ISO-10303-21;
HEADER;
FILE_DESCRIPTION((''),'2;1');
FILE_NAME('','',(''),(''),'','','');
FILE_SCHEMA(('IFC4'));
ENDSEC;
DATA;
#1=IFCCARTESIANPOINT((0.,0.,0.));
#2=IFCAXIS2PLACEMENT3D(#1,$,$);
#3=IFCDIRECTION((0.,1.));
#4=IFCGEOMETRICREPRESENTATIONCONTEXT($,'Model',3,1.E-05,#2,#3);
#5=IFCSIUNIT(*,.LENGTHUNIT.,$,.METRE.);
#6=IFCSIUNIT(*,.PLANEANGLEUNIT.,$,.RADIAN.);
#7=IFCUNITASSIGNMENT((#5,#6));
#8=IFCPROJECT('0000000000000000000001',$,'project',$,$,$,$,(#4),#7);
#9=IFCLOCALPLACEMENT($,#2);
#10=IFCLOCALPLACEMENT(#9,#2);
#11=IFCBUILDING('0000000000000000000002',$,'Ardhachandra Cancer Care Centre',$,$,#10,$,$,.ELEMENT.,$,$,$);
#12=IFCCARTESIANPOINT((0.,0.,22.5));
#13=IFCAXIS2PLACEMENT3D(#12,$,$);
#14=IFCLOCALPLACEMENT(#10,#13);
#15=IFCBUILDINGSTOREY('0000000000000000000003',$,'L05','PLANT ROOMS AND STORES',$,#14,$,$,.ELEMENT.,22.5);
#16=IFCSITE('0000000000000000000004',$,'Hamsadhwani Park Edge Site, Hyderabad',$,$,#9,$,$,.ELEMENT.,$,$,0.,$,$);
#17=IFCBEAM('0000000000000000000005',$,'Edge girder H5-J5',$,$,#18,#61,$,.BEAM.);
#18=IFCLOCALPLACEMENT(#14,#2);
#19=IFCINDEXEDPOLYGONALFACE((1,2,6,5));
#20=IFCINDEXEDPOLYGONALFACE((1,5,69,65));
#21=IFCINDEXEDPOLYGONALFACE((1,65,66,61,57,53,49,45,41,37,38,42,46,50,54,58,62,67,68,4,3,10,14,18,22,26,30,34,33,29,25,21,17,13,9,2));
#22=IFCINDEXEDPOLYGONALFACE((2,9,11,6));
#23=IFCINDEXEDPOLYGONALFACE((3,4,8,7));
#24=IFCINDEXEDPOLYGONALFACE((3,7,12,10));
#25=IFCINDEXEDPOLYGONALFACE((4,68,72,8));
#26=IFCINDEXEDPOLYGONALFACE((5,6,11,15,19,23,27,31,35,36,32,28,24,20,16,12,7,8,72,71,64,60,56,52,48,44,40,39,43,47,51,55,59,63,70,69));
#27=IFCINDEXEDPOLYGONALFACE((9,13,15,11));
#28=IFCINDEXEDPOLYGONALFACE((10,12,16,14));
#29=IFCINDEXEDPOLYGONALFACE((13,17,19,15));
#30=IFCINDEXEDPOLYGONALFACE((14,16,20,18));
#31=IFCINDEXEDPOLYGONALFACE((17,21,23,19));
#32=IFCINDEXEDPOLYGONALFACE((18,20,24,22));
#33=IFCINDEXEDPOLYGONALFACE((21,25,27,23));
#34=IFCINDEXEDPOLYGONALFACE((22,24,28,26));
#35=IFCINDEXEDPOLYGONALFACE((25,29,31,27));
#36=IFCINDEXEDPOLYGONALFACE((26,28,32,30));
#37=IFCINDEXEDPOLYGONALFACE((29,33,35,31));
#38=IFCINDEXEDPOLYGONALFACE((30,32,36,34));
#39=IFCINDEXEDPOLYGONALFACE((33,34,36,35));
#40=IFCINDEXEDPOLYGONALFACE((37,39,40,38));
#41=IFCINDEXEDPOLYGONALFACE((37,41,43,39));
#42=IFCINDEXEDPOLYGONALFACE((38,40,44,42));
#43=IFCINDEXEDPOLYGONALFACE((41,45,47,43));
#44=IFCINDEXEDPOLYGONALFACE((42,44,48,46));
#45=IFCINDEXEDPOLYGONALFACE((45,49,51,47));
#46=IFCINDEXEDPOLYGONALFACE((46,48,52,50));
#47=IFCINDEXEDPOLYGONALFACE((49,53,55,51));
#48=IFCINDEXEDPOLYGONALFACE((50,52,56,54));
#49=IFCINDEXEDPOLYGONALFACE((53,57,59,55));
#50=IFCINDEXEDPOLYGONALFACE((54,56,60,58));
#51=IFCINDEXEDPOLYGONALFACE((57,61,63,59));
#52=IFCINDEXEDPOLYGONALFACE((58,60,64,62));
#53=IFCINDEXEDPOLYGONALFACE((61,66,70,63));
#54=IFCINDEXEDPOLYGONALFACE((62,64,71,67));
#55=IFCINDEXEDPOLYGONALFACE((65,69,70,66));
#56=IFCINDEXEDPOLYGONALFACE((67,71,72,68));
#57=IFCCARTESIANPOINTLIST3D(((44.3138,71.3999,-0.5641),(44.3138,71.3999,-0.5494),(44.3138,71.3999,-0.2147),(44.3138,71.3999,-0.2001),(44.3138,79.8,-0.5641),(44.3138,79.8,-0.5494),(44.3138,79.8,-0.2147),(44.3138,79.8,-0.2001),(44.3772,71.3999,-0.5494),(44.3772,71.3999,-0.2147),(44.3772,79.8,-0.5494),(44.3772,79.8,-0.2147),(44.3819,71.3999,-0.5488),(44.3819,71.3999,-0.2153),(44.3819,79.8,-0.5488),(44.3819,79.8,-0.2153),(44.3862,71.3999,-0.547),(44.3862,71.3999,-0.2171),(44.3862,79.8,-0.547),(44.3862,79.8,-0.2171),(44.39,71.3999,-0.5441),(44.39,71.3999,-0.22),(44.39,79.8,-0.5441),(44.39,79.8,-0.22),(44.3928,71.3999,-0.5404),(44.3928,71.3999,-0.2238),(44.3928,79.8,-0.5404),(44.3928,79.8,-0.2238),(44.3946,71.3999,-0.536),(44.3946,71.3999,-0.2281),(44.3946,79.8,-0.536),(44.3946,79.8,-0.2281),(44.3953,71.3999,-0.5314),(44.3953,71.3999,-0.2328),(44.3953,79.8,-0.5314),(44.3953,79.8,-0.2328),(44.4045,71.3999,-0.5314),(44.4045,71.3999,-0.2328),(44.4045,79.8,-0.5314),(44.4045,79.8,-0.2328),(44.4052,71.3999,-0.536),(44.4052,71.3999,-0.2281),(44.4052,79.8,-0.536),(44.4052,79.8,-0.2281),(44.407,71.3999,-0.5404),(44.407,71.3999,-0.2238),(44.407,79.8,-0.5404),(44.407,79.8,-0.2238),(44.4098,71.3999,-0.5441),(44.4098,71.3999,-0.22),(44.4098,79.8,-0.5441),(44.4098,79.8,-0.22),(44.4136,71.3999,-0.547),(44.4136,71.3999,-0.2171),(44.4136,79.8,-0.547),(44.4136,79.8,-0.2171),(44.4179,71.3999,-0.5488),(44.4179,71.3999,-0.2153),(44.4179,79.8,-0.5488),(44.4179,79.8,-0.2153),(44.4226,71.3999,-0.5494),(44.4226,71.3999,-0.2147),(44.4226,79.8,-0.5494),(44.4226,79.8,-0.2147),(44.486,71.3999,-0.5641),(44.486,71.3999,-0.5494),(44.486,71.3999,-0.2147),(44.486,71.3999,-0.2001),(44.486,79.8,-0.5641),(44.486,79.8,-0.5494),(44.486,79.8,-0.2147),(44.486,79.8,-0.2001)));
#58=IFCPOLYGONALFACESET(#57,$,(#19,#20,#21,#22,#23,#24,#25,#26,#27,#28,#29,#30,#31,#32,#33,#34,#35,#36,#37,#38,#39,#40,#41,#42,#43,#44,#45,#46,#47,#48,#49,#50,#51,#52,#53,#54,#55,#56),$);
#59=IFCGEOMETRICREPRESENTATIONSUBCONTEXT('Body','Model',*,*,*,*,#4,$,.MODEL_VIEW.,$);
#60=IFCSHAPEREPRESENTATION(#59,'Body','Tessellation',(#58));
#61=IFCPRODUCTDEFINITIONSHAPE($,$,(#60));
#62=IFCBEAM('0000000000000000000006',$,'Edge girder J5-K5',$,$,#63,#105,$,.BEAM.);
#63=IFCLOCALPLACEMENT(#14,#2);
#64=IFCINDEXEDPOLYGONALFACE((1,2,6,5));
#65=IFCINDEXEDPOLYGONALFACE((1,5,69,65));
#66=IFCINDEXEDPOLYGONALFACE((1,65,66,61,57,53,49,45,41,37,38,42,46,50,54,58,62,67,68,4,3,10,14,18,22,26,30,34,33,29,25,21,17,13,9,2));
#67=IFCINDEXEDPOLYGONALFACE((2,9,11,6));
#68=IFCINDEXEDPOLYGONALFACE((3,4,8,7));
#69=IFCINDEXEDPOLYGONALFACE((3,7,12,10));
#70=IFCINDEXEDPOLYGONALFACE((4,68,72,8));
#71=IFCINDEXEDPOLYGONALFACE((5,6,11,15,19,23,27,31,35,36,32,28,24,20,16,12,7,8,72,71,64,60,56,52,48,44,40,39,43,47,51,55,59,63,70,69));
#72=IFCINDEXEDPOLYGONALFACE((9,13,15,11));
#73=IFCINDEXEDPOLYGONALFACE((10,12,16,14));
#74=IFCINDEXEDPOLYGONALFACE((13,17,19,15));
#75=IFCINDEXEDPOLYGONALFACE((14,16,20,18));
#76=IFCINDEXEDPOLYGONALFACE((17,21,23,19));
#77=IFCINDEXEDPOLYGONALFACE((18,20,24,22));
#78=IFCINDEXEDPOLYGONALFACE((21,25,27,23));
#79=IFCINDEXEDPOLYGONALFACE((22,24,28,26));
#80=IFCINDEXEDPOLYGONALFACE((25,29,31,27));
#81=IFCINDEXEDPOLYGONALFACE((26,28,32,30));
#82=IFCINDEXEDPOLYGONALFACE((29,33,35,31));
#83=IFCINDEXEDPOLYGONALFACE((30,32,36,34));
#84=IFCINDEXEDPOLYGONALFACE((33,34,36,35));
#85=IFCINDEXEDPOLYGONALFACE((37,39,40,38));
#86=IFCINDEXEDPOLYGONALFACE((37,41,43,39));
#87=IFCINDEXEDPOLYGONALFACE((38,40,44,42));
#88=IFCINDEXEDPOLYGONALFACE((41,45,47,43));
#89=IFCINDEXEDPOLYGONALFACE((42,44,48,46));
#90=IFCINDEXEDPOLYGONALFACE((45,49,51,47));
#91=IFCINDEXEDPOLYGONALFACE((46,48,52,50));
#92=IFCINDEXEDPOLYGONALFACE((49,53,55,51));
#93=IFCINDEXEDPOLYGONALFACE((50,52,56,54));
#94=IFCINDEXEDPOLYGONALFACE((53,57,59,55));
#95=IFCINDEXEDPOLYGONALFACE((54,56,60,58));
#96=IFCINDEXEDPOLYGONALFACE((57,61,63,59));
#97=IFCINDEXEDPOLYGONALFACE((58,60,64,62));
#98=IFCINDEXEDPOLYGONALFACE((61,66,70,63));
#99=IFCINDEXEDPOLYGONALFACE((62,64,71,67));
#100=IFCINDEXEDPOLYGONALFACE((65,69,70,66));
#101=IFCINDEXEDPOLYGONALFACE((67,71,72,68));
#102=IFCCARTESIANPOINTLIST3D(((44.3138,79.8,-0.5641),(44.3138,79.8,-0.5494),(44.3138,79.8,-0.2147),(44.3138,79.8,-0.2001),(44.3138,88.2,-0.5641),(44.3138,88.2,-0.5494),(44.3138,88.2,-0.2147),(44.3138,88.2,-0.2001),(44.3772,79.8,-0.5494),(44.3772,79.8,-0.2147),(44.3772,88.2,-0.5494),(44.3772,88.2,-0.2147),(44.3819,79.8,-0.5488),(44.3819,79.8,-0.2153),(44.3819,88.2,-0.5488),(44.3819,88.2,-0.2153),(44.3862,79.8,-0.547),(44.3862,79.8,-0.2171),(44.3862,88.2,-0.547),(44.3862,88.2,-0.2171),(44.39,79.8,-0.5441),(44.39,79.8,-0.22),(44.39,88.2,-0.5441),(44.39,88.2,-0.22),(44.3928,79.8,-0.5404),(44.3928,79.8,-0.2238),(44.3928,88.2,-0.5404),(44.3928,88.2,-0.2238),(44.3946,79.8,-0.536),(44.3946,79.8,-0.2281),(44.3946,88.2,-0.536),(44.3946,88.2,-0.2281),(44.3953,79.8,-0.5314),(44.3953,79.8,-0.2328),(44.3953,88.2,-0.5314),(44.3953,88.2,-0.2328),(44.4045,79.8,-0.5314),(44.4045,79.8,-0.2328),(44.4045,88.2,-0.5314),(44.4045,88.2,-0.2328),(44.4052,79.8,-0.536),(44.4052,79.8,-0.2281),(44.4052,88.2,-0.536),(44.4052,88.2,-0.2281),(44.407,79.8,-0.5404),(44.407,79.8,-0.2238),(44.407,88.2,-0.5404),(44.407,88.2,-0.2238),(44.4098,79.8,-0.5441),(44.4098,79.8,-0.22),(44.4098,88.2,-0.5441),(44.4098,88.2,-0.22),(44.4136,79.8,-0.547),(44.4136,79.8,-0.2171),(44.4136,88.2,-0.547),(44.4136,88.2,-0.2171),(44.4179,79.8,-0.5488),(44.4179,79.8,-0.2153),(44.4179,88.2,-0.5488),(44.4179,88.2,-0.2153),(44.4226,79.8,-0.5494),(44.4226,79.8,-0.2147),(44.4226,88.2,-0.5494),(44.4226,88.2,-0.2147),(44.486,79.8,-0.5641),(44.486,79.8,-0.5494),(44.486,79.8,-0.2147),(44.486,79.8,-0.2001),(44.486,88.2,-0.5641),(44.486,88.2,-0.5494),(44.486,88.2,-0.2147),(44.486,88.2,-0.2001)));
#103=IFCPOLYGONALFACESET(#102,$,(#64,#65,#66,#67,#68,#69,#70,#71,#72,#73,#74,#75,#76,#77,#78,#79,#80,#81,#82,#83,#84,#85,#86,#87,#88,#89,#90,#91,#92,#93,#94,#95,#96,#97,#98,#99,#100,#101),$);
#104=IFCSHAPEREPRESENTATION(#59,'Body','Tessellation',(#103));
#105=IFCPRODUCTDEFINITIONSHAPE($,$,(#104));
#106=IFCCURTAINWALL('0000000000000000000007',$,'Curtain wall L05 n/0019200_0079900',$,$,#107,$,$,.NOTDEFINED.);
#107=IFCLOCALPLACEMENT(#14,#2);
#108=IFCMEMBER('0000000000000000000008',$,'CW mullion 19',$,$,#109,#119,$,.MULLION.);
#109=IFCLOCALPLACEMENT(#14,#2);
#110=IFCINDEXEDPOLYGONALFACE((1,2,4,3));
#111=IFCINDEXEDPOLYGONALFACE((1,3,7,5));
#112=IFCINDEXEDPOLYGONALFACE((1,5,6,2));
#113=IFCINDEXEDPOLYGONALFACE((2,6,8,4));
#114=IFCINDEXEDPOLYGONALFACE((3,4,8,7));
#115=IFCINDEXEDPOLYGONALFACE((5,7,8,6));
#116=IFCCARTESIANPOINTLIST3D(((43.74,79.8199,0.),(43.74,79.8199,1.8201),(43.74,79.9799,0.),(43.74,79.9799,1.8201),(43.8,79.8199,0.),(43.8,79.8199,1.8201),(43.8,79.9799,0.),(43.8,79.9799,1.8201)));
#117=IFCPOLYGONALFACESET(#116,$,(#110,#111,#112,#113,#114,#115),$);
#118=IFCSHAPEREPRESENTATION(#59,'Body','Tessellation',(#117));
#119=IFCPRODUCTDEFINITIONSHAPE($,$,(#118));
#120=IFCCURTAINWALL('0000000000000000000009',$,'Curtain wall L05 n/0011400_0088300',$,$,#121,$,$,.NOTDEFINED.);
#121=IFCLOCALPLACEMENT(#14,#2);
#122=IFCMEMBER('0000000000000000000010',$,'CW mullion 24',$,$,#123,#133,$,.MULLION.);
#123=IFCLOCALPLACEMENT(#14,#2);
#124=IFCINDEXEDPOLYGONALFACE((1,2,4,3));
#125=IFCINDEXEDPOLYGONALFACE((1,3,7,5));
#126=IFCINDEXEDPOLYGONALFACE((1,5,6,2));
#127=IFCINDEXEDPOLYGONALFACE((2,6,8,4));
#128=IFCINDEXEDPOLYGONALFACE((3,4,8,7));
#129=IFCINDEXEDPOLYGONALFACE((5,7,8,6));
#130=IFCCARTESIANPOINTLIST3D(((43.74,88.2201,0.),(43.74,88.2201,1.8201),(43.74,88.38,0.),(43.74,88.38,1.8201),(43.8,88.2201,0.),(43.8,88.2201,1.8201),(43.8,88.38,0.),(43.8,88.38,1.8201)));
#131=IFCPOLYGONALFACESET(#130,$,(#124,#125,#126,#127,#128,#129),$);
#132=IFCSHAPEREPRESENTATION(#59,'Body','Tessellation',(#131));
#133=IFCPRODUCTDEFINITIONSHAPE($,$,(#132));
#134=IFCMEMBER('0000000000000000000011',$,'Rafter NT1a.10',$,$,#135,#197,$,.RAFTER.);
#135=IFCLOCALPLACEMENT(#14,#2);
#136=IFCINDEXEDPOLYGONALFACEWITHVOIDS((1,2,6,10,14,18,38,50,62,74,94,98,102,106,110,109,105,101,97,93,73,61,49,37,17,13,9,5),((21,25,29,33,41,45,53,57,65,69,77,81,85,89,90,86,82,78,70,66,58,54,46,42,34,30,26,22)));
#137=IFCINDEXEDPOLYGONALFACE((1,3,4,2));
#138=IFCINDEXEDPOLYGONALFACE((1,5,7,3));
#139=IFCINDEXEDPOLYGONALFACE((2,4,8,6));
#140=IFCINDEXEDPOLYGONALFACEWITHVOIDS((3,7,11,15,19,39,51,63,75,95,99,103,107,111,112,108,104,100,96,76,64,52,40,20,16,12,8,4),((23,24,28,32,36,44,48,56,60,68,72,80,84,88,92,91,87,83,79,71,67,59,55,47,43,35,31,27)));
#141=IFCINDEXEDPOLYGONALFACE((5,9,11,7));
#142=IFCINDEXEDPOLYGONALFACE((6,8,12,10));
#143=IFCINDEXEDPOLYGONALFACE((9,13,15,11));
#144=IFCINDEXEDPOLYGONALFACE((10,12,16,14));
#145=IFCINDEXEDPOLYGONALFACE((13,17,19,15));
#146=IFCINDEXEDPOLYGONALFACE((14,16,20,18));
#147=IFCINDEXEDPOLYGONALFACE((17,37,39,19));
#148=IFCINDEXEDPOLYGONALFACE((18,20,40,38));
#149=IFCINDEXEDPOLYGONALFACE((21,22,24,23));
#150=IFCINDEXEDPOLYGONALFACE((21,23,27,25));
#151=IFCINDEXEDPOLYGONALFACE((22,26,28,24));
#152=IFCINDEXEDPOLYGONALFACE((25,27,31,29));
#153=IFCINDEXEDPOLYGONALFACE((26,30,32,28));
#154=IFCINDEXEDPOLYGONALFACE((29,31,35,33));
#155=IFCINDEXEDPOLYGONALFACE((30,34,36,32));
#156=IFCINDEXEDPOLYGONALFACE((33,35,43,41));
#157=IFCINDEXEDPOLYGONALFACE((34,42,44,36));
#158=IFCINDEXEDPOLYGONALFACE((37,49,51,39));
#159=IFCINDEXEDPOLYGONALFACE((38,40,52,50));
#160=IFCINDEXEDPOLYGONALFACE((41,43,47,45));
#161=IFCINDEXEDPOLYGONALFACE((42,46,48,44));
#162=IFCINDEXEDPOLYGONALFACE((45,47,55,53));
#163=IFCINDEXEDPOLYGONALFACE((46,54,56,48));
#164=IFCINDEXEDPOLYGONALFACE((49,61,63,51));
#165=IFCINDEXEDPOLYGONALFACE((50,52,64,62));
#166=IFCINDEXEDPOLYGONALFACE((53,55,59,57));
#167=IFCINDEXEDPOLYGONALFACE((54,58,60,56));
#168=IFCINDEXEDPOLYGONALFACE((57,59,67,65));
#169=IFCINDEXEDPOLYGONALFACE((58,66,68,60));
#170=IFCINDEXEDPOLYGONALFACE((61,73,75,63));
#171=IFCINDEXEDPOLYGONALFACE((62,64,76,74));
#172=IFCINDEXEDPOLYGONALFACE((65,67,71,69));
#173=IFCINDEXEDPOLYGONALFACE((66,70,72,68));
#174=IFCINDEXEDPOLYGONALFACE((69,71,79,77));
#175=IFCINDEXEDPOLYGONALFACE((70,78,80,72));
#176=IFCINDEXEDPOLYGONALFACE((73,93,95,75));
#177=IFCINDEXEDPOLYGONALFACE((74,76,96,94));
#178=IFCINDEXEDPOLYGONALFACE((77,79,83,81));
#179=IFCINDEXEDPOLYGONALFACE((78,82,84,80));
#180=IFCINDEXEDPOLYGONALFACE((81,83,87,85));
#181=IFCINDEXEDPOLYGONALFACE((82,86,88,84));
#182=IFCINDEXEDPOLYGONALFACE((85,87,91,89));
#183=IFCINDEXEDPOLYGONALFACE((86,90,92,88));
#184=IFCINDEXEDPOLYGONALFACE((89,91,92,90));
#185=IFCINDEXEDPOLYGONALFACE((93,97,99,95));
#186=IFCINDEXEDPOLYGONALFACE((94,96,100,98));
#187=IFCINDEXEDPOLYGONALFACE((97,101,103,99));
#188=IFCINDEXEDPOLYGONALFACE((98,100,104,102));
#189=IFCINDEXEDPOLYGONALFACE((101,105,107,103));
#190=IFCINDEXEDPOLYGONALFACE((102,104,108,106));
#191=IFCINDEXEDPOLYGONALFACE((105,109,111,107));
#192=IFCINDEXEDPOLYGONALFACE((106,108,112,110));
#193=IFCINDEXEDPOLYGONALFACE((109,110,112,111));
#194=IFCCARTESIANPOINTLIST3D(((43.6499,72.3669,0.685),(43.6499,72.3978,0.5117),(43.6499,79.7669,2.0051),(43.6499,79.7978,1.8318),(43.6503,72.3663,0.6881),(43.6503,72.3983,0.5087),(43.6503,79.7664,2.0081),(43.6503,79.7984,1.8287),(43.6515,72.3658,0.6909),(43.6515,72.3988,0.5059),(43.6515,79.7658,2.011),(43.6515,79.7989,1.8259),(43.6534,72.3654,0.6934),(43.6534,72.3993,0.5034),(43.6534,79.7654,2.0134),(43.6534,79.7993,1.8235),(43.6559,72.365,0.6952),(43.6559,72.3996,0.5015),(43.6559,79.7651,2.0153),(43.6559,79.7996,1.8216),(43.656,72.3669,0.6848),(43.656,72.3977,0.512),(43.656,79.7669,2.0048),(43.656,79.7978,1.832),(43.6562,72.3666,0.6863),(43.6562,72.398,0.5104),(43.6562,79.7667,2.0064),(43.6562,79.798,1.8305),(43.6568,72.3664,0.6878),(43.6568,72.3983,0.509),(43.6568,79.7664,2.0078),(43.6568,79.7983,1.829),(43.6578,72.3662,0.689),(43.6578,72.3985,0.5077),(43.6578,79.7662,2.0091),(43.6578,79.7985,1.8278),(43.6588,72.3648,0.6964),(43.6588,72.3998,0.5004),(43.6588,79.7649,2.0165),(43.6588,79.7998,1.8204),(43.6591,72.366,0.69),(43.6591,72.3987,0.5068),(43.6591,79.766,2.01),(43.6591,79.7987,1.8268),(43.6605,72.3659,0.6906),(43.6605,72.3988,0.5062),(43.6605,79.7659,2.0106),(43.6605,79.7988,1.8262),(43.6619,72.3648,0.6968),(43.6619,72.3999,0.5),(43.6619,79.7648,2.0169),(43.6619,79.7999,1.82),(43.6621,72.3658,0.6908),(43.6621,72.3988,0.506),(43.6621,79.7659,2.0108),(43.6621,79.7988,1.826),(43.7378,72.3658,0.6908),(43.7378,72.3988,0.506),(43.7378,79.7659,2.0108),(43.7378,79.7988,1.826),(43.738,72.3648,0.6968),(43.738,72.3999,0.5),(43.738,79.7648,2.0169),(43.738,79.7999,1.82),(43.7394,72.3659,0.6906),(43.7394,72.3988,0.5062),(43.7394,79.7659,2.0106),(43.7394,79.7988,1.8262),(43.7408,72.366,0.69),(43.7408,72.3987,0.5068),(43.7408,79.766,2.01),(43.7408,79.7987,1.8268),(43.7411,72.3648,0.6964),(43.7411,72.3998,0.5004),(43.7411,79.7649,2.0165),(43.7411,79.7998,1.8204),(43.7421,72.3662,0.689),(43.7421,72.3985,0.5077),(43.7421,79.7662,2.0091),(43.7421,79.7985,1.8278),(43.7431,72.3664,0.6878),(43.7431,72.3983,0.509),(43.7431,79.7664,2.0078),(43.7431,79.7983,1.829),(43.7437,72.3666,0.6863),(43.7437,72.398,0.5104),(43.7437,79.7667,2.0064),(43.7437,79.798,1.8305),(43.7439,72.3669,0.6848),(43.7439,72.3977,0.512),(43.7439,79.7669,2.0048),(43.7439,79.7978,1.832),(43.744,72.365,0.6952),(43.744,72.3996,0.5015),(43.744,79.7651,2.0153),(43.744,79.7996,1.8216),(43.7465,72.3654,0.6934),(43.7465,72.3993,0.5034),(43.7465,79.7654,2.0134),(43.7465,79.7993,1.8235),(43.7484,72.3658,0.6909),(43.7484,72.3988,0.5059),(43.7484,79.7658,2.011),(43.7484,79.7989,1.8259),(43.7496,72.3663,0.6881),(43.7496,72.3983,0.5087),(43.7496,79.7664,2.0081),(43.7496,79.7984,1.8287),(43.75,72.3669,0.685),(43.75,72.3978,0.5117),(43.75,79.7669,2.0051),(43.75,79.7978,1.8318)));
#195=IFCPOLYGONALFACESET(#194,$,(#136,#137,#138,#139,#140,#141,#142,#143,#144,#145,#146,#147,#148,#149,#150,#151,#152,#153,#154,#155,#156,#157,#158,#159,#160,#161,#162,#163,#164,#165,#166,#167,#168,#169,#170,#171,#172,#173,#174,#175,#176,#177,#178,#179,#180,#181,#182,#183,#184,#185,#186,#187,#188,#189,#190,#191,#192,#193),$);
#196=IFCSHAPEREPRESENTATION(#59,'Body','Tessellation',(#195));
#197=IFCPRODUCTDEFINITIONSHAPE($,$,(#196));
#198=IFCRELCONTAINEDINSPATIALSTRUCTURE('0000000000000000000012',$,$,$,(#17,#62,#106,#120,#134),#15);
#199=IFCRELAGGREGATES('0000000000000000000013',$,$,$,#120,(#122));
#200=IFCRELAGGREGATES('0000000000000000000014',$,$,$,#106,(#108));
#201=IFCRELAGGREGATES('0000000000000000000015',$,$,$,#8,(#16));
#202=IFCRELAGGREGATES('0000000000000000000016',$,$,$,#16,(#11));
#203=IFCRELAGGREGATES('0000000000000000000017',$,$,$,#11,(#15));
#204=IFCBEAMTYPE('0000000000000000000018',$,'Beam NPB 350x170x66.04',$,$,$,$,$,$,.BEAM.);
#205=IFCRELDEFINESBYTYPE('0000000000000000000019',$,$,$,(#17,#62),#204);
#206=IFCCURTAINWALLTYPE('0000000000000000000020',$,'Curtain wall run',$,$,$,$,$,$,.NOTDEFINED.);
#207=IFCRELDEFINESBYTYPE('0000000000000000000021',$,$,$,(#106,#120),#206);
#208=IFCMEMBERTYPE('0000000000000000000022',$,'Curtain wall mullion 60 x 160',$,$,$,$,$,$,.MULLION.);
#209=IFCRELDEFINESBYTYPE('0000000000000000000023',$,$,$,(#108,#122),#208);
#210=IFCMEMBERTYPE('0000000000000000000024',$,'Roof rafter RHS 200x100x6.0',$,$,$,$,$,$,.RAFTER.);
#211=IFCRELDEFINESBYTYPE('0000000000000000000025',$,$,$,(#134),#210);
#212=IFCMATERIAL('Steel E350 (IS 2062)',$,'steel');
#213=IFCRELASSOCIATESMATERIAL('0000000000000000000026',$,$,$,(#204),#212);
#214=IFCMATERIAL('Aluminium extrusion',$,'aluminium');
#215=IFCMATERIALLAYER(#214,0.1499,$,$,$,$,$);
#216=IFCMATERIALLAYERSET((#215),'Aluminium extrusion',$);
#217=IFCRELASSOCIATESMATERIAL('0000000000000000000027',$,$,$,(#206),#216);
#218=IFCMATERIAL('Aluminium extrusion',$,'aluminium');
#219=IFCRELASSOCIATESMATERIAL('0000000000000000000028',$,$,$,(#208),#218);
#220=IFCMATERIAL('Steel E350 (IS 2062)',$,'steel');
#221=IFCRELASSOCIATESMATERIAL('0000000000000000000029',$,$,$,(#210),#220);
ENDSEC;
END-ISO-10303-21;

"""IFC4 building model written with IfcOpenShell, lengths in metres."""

from ifc_helpers import new_model, si_unit, direction, frame, origin, origin_2d, place, context, subcontext, project, spatial, rectangle, hollow_rectangle, i_section, extrude, material, layer, layer_set, material_profile, profile_set, type_object, element, aggregate, save


model = new_model("IFC4")

# Units and contexts
model_context = context("Model", 3, precision=1e-05, world=origin(), true_north=direction((0.0, 1.0)))
body_context = subcontext(model_context, "Body", "Model", "MODEL_VIEW")
ifc_project = project(units=[si_unit("LENGTHUNIT", "METRE"), si_unit("PLANEANGLEUNIT", "RADIAN")], contexts=[model_context])

# Site, building, storey
site_placement = place(None, origin())
site = spatial("IfcSite", under=ifc_project, at=site_placement, Name="Hamsadhwani Park Edge Site, Hyderabad", CompositionType="ELEMENT", RefElevation=0.0)
building_placement = place(site_placement, origin())
building = spatial("IfcBuilding", under=site, at=building_placement, Name="Ardhachandra Cancer Care Centre", CompositionType="ELEMENT")
storey_placement = place(building_placement, frame((0.0, 0.0, 22.5)))
storey = spatial("IfcBuildingStorey", under=building, at=storey_placement, Name="L05", Description="PLANT ROOMS AND STORES", CompositionType="ELEMENT", Elevation=22.5)

# Beams
ifc_material_1 = material(Name="Steel E350 (IS 2062)", Category="steel")
ifc_material_profile_1 = material_profile(ifc_material_1, i_section(OverallWidth=0.1721, OverallDepth=0.364, WebThickness=0.0093, FlangeThickness=0.0146, FilletRadius=0.0181, at=origin_2d()), Name="NPB 350x170x66.04")
ifc_profile_set_1 = profile_set([ifc_material_profile_1], Name="Steel E350 (IS 2062)")
beam_type = type_object("IfcBeamType", Name="Beam NPB 350x170x66.04", PredefinedType="BEAM", material=ifc_profile_set_1)
beam_1_placement = place(storey_placement, frame((44.3999, 71.3999, -0.3821), z_axis=(0.0, 1.0, 0.0), x_axis=(-1.0, 0.0, 0.0)))
element("IfcBeam", 1, at=beam_1_placement, inside=storey, type_object=beam_type, Name="Edge girder H5-J5", PredefinedType="BEAM", context=body_context, shape_type="SweptSolid", body=[
    extrude(i_section(OverallWidth=0.1721, OverallDepth=0.364, WebThickness=0.0093, FlangeThickness=0.0146, FilletRadius=0.0181, at=origin_2d()), origin(), (0.0, 0.0, 1.0), 8.4001),
])
beam_2_placement = place(storey_placement, frame((44.3999, 79.8, -0.3821), z_axis=(0.0, 1.0, 0.0), x_axis=(-1.0, 0.0, 0.0)))
element("IfcBeam", 2, at=beam_2_placement, inside=storey, type_object=beam_type, Name="Edge girder J5-K5", PredefinedType="BEAM", context=body_context, shape_type="SweptSolid", body=[
    extrude(i_section(OverallWidth=0.1721, OverallDepth=0.364, WebThickness=0.0093, FlangeThickness=0.0146, FilletRadius=0.0181, at=origin_2d()), origin(), (0.0, 0.0, 1.0), 8.3999),
])

# Curtain walls, members
ifc_material_2 = material(Name="Aluminium extrusion", Category="aluminium")
ifc_layer_1 = layer(ifc_material_2, 0.1499)
ifc_layer_set_1 = layer_set([ifc_layer_1], Name="Aluminium extrusion")
curtain_wall_type = type_object("IfcCurtainWallType", Name="Curtain wall run", PredefinedType="NOTDEFINED", material=ifc_layer_set_1)
curtain_wall_1_placement = place(storey_placement, origin())
curtain_wall_1 = element("IfcCurtainWall", 3, at=curtain_wall_1_placement, inside=storey, type_object=curtain_wall_type, Name="Curtain wall L05 n/0019200_0079900", PredefinedType="NOTDEFINED")
ifc_material_3 = material(Name="Aluminium extrusion", Category="aluminium")
ifc_material_profile_2 = material_profile(ifc_material_3, rectangle(XDim=0.1599, YDim=0.0601, at=origin_2d()), Name="Curtain wall mullion 60 x 160")
ifc_profile_set_2 = profile_set([ifc_material_profile_2], Name="Aluminium extrusion")
member_type_1 = type_object("IfcMemberType", Name="Curtain wall mullion 60 x 160", PredefinedType="MULLION", material=ifc_profile_set_2)
member_1_placement = place(storey_placement, frame((43.77, 79.8999, 0.0), z_axis=(0.0, 0.0, 1.0), x_axis=(0.0, 1.0, 0.0)))
member_1 = element("IfcMember", 4, at=member_1_placement, type_object=member_type_1, Name="CW mullion 19", PredefinedType="MULLION", context=body_context, shape_type="SweptSolid", body=[
    extrude(rectangle(XDim=0.1599, YDim=0.0601, at=origin_2d()), origin(), (0.0, 0.0, 1.0), 1.8201),
])
curtain_wall_2_placement = place(storey_placement, origin())
curtain_wall_2 = element("IfcCurtainWall", 5, at=curtain_wall_2_placement, inside=storey, type_object=curtain_wall_type, Name="Curtain wall L05 n/0011400_0088300", PredefinedType="NOTDEFINED")
member_2_placement = place(storey_placement, frame((43.77, 88.3, 0.0), z_axis=(0.0, 0.0, 1.0), x_axis=(0.0, 1.0, 0.0)))
member_2 = element("IfcMember", 6, at=member_2_placement, type_object=member_type_1, Name="CW mullion 24", PredefinedType="MULLION", context=body_context, shape_type="SweptSolid", body=[
    extrude(rectangle(XDim=0.1599, YDim=0.0601, at=origin_2d()), origin(), (0.0, 0.0, 1.0), 1.8201),
])

# Member
ifc_material_4 = material(Name="Steel E350 (IS 2062)", Category="steel")
ifc_material_profile_3 = material_profile(ifc_material_4, hollow_rectangle(XDim=0.1001, YDim=0.2, WallThickness=0.0061, InnerFilletRadius=0.0061, OuterFilletRadius=0.012, at=origin_2d()), Name="RHS 200x100x6.0")
ifc_profile_set_3 = profile_set([ifc_material_profile_3], Name="Steel E350 (IS 2062)")
member_type_2 = type_object("IfcMemberType", Name="Roof rafter RHS 200x100x6.0", PredefinedType="RAFTER", material=ifc_profile_set_3)
member_3_placement = place(storey_placement, frame((43.7, 72.3823, 0.5984), z_axis=(0.0, 0.984459, 0.175612), x_axis=(-1.0, 0.0, 0.0)))
element("IfcMember", 7, at=member_3_placement, inside=storey, type_object=member_type_2, Name="Rafter NT1a.10", PredefinedType="RAFTER", context=body_context, shape_type="SweptSolid", body=[
    extrude(hollow_rectangle(XDim=0.1001, YDim=0.2, WallThickness=0.0061, InnerFilletRadius=0.0061, OuterFilletRadius=0.012, at=origin_2d()), origin(), (0.0, 0.0, 1.0), 7.5168),
])

aggregate(curtain_wall_2, [member_2])
aggregate(curtain_wall_1, [member_1])

save(model, "model.ifc")
